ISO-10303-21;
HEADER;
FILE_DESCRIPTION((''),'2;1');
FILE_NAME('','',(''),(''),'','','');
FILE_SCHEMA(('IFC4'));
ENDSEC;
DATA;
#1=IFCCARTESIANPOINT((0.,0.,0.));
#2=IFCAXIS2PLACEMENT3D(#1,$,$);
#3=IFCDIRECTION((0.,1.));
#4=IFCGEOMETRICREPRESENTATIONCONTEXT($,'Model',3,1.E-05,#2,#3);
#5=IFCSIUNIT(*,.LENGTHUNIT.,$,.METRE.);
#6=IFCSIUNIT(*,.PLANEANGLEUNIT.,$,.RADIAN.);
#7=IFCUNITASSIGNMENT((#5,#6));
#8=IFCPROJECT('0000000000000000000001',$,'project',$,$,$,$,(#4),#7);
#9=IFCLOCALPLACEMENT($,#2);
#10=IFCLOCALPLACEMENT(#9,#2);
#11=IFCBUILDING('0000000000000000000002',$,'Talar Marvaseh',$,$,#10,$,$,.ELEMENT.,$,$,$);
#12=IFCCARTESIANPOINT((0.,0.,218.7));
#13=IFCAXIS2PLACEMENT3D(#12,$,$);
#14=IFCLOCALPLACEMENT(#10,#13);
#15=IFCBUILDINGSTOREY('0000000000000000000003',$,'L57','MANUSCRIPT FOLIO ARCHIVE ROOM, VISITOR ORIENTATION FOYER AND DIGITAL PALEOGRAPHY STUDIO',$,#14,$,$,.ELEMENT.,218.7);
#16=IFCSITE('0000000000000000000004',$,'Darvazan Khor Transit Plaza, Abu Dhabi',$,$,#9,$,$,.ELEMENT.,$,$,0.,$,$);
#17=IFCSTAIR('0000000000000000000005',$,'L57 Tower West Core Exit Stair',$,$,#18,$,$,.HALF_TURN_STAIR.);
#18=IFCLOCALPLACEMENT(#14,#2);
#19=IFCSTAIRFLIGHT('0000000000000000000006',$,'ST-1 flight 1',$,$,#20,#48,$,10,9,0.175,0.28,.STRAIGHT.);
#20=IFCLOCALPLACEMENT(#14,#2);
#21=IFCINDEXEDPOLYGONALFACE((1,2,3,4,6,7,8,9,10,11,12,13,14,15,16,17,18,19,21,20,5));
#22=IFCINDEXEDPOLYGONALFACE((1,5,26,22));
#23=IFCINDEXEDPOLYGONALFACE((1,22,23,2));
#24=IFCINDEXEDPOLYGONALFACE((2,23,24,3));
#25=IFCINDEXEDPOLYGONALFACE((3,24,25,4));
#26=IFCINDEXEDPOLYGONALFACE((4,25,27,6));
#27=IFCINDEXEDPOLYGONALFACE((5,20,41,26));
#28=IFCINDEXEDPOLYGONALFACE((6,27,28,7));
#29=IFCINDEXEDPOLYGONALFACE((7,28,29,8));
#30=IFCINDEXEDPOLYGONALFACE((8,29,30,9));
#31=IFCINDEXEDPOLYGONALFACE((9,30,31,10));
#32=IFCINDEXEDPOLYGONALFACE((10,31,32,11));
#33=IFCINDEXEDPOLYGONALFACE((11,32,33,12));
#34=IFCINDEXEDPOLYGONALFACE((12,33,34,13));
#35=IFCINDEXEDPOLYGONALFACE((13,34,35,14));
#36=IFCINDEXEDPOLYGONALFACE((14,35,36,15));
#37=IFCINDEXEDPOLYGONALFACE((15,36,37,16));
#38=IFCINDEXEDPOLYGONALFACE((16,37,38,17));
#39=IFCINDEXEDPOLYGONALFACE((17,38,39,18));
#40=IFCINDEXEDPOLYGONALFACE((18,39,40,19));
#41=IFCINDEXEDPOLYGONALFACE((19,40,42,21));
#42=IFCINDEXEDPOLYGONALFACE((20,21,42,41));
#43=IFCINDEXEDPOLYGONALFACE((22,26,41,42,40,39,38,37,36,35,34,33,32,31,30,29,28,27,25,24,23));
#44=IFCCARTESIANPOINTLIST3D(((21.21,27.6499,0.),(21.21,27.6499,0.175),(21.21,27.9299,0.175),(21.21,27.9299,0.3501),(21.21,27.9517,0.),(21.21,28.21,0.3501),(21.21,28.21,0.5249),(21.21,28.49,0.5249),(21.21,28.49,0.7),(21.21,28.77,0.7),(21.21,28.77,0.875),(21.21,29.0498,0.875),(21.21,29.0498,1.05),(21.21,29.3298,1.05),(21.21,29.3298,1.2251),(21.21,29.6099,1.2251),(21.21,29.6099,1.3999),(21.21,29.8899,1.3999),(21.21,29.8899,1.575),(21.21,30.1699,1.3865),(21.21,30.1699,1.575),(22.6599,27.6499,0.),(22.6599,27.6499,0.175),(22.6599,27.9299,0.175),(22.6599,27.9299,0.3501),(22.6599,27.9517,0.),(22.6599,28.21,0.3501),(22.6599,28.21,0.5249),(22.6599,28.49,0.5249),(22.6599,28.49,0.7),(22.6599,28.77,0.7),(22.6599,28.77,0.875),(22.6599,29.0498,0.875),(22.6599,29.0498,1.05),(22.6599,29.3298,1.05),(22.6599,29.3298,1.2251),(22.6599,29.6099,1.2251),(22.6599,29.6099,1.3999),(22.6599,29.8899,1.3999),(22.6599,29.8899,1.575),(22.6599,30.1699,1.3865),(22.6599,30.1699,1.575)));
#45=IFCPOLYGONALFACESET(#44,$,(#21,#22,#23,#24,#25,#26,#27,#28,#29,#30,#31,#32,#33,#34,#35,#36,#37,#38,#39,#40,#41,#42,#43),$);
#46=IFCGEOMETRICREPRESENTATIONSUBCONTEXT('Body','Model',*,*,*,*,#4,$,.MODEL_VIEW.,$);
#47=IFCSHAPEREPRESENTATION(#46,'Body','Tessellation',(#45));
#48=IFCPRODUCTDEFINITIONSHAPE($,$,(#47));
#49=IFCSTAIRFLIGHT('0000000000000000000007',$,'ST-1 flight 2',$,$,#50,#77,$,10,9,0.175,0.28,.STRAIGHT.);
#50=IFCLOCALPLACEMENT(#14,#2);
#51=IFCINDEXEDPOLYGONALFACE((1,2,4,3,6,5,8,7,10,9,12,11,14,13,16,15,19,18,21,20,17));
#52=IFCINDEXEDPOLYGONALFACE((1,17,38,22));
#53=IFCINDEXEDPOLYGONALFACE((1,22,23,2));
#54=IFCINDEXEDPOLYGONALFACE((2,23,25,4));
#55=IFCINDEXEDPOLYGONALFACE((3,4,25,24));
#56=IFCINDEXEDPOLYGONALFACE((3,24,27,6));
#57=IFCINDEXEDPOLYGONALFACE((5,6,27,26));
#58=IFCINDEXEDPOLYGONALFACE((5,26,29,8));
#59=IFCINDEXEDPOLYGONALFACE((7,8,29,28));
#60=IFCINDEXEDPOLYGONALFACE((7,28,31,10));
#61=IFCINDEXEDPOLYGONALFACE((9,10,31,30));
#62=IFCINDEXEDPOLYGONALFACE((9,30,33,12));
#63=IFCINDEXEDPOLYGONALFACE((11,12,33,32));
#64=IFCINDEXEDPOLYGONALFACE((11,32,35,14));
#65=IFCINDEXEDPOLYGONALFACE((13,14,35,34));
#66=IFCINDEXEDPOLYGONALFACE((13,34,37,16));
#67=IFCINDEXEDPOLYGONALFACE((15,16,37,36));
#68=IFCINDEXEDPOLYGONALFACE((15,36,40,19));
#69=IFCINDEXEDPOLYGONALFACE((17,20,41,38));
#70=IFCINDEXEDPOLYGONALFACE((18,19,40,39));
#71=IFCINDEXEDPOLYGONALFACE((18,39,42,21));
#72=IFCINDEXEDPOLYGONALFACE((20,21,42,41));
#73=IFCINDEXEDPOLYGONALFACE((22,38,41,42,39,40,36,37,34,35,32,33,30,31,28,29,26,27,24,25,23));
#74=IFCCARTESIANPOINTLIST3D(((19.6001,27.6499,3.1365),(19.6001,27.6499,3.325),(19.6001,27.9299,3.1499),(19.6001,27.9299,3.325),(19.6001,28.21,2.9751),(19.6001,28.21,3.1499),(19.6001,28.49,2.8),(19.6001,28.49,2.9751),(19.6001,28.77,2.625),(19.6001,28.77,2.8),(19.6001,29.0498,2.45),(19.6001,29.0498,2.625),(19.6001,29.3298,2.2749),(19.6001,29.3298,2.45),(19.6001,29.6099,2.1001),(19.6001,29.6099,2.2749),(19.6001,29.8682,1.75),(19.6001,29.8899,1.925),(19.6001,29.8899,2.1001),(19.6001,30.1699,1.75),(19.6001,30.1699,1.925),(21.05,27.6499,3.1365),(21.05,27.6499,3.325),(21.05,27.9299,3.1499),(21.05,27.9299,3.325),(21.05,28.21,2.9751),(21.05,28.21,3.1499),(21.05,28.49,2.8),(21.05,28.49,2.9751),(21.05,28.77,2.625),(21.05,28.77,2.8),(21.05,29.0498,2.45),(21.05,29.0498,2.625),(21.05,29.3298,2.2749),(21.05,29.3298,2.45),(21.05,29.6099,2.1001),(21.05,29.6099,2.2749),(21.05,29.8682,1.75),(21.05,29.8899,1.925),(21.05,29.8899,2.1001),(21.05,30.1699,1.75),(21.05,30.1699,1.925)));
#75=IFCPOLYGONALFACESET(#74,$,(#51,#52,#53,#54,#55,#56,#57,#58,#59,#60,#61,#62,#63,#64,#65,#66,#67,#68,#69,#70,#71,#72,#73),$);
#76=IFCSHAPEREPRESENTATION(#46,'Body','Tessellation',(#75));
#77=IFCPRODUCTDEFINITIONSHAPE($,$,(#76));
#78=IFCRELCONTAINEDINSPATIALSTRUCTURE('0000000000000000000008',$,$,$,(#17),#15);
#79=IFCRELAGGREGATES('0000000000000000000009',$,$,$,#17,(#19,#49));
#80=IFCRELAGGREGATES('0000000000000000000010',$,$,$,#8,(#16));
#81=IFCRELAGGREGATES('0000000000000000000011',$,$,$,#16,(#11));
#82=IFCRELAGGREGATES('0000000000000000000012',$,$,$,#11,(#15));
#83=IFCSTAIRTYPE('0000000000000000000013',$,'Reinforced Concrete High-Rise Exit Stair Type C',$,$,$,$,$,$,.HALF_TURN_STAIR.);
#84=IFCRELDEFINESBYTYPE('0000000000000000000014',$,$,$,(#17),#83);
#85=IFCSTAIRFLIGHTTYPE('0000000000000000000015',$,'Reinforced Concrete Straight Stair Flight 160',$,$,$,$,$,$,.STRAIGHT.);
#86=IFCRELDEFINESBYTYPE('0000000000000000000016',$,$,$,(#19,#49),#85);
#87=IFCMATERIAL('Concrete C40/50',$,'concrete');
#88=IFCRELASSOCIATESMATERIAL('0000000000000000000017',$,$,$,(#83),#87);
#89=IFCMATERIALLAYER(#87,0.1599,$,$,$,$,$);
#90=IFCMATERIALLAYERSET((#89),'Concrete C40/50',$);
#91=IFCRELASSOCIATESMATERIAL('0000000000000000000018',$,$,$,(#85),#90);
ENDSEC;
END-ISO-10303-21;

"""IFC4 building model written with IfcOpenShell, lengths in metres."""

from ifc_helpers import new_model, si_unit, direction, frame, origin, place, context, subcontext, project, spatial, polyline, outline, extrude, material, layer, layer_set, type_object, element, aggregate, save


model = new_model("IFC4")

# Units and contexts
model_context = context("Model", 3, precision=1e-05, world=origin(), true_north=direction((0.0, 1.0)))
body_context = subcontext(model_context, "Body", "Model", "MODEL_VIEW")
ifc_project = project(units=[si_unit("LENGTHUNIT", "METRE"), si_unit("PLANEANGLEUNIT", "RADIAN")], contexts=[model_context])

# Site, building, storey
site_placement = place(None, origin())
site = spatial("IfcSite", under=ifc_project, at=site_placement, Name="Darvazan Khor Transit Plaza, Abu Dhabi", CompositionType="ELEMENT", RefElevation=0.0)
building_placement = place(site_placement, origin())
building = spatial("IfcBuilding", under=site, at=building_placement, Name="Talar Marvaseh", CompositionType="ELEMENT")
storey_placement = place(building_placement, frame((0.0, 0.0, 218.7)))
storey = spatial("IfcBuildingStorey", under=building, at=storey_placement, Name="L57", Description="MANUSCRIPT FOLIO ARCHIVE ROOM, VISITOR ORIENTATION FOYER AND DIGITAL PALEOGRAPHY STUDIO", CompositionType="ELEMENT", Elevation=218.7)

# Stair, stair flights
ifc_material_1 = material(Name="Concrete C40/50", Category="concrete")
stair_type = type_object("IfcStairType", Name="Reinforced Concrete High-Rise Exit Stair Type C", PredefinedType="HALF_TURN_STAIR", material=ifc_material_1)
stair_placement = place(storey_placement, origin())
stair = element("IfcStair", 1, at=stair_placement, inside=storey, type_object=stair_type, Name="L57 Tower West Core Exit Stair", PredefinedType="HALF_TURN_STAIR")
ifc_layer_1 = layer(ifc_material_1, 0.1599)
ifc_layer_set_1 = layer_set([ifc_layer_1], Name="Concrete C40/50")
stair_flight_type = type_object("IfcStairFlightType", Name="Reinforced Concrete Straight Stair Flight 160", PredefinedType="STRAIGHT", material=ifc_layer_set_1)
stair_flight_1_placement = place(storey_placement, frame((21.9351, 27.6499, 0.0), z_axis=(0.0, 0.0, 1.0), x_axis=(0.0, 1.0, 0.0)))
stair_flight_1 = element("IfcStairFlight", 2, at=stair_flight_1_placement, type_object=stair_flight_type, Name="ST-1 flight 1", NumberOfRisers=10, NumberOfTreads=9, PredefinedType="STRAIGHT", RiserHeight=0.175, TreadLength=0.28, context=body_context, shape_type="SweptSolid", body=[
    extrude(outline(polyline([(0.0, 0.0), (0.0, 0.175), (0.28, 0.175), (0.28, 0.3501), (0.5601, 0.3501), (0.5601, 0.5249), (0.8401, 0.5249), (0.8401, 0.7), (1.1201, 0.7), (1.1201, 0.875), (1.3999, 0.875), (1.3999, 1.05), (1.6799, 1.05), (1.6799, 1.2251), (1.96, 1.2251), (1.96, 1.3999), (2.24, 1.3999), (2.24, 1.575), (2.52, 1.575), (2.52, 1.75), (2.52, 1.3865), (0.3018, 0.0), (0.0, 0.0)])), frame((0.0, 0.7251, 0.0), z_axis=(0.0, -1.0, 0.0), x_axis=(1.0, 0.0, 0.0)), (0.0, 0.0, 1.0), 1.45),
])
stair_flight_2_placement = place(storey_placement, frame((20.325, 30.1699, 1.75), z_axis=(0.0, 0.0, 1.0), x_axis=(0.0, -1.0, 0.0)))
stair_flight_2 = element("IfcStairFlight", 3, at=stair_flight_2_placement, type_object=stair_flight_type, Name="ST-1 flight 2", NumberOfRisers=10, NumberOfTreads=9, PredefinedType="STRAIGHT", RiserHeight=0.175, TreadLength=0.28, context=body_context, shape_type="SweptSolid", body=[
    extrude(outline(polyline([(0.0, 0.0), (0.0, 0.175), (0.28, 0.175), (0.28, 0.3501), (0.5601, 0.3501), (0.5601, 0.5249), (0.8401, 0.5249), (0.8401, 0.7), (1.1201, 0.7), (1.1201, 0.875), (1.3999, 0.875), (1.3999, 1.05), (1.6799, 1.05), (1.6799, 1.2251), (1.96, 1.2251), (1.96, 1.3999), (2.24, 1.3999), (2.24, 1.575), (2.52, 1.575), (2.52, 1.75), (2.52, 1.3865), (0.3018, 0.0), (0.0, 0.0)])), frame((0.0, 0.7251, 0.0), z_axis=(0.0, -1.0, 0.0), x_axis=(1.0, 0.0, 0.0)), (0.0, 0.0, 1.0), 1.45),
])
aggregate(stair, [stair_flight_1, stair_flight_2])

save(model, "model.ifc")
